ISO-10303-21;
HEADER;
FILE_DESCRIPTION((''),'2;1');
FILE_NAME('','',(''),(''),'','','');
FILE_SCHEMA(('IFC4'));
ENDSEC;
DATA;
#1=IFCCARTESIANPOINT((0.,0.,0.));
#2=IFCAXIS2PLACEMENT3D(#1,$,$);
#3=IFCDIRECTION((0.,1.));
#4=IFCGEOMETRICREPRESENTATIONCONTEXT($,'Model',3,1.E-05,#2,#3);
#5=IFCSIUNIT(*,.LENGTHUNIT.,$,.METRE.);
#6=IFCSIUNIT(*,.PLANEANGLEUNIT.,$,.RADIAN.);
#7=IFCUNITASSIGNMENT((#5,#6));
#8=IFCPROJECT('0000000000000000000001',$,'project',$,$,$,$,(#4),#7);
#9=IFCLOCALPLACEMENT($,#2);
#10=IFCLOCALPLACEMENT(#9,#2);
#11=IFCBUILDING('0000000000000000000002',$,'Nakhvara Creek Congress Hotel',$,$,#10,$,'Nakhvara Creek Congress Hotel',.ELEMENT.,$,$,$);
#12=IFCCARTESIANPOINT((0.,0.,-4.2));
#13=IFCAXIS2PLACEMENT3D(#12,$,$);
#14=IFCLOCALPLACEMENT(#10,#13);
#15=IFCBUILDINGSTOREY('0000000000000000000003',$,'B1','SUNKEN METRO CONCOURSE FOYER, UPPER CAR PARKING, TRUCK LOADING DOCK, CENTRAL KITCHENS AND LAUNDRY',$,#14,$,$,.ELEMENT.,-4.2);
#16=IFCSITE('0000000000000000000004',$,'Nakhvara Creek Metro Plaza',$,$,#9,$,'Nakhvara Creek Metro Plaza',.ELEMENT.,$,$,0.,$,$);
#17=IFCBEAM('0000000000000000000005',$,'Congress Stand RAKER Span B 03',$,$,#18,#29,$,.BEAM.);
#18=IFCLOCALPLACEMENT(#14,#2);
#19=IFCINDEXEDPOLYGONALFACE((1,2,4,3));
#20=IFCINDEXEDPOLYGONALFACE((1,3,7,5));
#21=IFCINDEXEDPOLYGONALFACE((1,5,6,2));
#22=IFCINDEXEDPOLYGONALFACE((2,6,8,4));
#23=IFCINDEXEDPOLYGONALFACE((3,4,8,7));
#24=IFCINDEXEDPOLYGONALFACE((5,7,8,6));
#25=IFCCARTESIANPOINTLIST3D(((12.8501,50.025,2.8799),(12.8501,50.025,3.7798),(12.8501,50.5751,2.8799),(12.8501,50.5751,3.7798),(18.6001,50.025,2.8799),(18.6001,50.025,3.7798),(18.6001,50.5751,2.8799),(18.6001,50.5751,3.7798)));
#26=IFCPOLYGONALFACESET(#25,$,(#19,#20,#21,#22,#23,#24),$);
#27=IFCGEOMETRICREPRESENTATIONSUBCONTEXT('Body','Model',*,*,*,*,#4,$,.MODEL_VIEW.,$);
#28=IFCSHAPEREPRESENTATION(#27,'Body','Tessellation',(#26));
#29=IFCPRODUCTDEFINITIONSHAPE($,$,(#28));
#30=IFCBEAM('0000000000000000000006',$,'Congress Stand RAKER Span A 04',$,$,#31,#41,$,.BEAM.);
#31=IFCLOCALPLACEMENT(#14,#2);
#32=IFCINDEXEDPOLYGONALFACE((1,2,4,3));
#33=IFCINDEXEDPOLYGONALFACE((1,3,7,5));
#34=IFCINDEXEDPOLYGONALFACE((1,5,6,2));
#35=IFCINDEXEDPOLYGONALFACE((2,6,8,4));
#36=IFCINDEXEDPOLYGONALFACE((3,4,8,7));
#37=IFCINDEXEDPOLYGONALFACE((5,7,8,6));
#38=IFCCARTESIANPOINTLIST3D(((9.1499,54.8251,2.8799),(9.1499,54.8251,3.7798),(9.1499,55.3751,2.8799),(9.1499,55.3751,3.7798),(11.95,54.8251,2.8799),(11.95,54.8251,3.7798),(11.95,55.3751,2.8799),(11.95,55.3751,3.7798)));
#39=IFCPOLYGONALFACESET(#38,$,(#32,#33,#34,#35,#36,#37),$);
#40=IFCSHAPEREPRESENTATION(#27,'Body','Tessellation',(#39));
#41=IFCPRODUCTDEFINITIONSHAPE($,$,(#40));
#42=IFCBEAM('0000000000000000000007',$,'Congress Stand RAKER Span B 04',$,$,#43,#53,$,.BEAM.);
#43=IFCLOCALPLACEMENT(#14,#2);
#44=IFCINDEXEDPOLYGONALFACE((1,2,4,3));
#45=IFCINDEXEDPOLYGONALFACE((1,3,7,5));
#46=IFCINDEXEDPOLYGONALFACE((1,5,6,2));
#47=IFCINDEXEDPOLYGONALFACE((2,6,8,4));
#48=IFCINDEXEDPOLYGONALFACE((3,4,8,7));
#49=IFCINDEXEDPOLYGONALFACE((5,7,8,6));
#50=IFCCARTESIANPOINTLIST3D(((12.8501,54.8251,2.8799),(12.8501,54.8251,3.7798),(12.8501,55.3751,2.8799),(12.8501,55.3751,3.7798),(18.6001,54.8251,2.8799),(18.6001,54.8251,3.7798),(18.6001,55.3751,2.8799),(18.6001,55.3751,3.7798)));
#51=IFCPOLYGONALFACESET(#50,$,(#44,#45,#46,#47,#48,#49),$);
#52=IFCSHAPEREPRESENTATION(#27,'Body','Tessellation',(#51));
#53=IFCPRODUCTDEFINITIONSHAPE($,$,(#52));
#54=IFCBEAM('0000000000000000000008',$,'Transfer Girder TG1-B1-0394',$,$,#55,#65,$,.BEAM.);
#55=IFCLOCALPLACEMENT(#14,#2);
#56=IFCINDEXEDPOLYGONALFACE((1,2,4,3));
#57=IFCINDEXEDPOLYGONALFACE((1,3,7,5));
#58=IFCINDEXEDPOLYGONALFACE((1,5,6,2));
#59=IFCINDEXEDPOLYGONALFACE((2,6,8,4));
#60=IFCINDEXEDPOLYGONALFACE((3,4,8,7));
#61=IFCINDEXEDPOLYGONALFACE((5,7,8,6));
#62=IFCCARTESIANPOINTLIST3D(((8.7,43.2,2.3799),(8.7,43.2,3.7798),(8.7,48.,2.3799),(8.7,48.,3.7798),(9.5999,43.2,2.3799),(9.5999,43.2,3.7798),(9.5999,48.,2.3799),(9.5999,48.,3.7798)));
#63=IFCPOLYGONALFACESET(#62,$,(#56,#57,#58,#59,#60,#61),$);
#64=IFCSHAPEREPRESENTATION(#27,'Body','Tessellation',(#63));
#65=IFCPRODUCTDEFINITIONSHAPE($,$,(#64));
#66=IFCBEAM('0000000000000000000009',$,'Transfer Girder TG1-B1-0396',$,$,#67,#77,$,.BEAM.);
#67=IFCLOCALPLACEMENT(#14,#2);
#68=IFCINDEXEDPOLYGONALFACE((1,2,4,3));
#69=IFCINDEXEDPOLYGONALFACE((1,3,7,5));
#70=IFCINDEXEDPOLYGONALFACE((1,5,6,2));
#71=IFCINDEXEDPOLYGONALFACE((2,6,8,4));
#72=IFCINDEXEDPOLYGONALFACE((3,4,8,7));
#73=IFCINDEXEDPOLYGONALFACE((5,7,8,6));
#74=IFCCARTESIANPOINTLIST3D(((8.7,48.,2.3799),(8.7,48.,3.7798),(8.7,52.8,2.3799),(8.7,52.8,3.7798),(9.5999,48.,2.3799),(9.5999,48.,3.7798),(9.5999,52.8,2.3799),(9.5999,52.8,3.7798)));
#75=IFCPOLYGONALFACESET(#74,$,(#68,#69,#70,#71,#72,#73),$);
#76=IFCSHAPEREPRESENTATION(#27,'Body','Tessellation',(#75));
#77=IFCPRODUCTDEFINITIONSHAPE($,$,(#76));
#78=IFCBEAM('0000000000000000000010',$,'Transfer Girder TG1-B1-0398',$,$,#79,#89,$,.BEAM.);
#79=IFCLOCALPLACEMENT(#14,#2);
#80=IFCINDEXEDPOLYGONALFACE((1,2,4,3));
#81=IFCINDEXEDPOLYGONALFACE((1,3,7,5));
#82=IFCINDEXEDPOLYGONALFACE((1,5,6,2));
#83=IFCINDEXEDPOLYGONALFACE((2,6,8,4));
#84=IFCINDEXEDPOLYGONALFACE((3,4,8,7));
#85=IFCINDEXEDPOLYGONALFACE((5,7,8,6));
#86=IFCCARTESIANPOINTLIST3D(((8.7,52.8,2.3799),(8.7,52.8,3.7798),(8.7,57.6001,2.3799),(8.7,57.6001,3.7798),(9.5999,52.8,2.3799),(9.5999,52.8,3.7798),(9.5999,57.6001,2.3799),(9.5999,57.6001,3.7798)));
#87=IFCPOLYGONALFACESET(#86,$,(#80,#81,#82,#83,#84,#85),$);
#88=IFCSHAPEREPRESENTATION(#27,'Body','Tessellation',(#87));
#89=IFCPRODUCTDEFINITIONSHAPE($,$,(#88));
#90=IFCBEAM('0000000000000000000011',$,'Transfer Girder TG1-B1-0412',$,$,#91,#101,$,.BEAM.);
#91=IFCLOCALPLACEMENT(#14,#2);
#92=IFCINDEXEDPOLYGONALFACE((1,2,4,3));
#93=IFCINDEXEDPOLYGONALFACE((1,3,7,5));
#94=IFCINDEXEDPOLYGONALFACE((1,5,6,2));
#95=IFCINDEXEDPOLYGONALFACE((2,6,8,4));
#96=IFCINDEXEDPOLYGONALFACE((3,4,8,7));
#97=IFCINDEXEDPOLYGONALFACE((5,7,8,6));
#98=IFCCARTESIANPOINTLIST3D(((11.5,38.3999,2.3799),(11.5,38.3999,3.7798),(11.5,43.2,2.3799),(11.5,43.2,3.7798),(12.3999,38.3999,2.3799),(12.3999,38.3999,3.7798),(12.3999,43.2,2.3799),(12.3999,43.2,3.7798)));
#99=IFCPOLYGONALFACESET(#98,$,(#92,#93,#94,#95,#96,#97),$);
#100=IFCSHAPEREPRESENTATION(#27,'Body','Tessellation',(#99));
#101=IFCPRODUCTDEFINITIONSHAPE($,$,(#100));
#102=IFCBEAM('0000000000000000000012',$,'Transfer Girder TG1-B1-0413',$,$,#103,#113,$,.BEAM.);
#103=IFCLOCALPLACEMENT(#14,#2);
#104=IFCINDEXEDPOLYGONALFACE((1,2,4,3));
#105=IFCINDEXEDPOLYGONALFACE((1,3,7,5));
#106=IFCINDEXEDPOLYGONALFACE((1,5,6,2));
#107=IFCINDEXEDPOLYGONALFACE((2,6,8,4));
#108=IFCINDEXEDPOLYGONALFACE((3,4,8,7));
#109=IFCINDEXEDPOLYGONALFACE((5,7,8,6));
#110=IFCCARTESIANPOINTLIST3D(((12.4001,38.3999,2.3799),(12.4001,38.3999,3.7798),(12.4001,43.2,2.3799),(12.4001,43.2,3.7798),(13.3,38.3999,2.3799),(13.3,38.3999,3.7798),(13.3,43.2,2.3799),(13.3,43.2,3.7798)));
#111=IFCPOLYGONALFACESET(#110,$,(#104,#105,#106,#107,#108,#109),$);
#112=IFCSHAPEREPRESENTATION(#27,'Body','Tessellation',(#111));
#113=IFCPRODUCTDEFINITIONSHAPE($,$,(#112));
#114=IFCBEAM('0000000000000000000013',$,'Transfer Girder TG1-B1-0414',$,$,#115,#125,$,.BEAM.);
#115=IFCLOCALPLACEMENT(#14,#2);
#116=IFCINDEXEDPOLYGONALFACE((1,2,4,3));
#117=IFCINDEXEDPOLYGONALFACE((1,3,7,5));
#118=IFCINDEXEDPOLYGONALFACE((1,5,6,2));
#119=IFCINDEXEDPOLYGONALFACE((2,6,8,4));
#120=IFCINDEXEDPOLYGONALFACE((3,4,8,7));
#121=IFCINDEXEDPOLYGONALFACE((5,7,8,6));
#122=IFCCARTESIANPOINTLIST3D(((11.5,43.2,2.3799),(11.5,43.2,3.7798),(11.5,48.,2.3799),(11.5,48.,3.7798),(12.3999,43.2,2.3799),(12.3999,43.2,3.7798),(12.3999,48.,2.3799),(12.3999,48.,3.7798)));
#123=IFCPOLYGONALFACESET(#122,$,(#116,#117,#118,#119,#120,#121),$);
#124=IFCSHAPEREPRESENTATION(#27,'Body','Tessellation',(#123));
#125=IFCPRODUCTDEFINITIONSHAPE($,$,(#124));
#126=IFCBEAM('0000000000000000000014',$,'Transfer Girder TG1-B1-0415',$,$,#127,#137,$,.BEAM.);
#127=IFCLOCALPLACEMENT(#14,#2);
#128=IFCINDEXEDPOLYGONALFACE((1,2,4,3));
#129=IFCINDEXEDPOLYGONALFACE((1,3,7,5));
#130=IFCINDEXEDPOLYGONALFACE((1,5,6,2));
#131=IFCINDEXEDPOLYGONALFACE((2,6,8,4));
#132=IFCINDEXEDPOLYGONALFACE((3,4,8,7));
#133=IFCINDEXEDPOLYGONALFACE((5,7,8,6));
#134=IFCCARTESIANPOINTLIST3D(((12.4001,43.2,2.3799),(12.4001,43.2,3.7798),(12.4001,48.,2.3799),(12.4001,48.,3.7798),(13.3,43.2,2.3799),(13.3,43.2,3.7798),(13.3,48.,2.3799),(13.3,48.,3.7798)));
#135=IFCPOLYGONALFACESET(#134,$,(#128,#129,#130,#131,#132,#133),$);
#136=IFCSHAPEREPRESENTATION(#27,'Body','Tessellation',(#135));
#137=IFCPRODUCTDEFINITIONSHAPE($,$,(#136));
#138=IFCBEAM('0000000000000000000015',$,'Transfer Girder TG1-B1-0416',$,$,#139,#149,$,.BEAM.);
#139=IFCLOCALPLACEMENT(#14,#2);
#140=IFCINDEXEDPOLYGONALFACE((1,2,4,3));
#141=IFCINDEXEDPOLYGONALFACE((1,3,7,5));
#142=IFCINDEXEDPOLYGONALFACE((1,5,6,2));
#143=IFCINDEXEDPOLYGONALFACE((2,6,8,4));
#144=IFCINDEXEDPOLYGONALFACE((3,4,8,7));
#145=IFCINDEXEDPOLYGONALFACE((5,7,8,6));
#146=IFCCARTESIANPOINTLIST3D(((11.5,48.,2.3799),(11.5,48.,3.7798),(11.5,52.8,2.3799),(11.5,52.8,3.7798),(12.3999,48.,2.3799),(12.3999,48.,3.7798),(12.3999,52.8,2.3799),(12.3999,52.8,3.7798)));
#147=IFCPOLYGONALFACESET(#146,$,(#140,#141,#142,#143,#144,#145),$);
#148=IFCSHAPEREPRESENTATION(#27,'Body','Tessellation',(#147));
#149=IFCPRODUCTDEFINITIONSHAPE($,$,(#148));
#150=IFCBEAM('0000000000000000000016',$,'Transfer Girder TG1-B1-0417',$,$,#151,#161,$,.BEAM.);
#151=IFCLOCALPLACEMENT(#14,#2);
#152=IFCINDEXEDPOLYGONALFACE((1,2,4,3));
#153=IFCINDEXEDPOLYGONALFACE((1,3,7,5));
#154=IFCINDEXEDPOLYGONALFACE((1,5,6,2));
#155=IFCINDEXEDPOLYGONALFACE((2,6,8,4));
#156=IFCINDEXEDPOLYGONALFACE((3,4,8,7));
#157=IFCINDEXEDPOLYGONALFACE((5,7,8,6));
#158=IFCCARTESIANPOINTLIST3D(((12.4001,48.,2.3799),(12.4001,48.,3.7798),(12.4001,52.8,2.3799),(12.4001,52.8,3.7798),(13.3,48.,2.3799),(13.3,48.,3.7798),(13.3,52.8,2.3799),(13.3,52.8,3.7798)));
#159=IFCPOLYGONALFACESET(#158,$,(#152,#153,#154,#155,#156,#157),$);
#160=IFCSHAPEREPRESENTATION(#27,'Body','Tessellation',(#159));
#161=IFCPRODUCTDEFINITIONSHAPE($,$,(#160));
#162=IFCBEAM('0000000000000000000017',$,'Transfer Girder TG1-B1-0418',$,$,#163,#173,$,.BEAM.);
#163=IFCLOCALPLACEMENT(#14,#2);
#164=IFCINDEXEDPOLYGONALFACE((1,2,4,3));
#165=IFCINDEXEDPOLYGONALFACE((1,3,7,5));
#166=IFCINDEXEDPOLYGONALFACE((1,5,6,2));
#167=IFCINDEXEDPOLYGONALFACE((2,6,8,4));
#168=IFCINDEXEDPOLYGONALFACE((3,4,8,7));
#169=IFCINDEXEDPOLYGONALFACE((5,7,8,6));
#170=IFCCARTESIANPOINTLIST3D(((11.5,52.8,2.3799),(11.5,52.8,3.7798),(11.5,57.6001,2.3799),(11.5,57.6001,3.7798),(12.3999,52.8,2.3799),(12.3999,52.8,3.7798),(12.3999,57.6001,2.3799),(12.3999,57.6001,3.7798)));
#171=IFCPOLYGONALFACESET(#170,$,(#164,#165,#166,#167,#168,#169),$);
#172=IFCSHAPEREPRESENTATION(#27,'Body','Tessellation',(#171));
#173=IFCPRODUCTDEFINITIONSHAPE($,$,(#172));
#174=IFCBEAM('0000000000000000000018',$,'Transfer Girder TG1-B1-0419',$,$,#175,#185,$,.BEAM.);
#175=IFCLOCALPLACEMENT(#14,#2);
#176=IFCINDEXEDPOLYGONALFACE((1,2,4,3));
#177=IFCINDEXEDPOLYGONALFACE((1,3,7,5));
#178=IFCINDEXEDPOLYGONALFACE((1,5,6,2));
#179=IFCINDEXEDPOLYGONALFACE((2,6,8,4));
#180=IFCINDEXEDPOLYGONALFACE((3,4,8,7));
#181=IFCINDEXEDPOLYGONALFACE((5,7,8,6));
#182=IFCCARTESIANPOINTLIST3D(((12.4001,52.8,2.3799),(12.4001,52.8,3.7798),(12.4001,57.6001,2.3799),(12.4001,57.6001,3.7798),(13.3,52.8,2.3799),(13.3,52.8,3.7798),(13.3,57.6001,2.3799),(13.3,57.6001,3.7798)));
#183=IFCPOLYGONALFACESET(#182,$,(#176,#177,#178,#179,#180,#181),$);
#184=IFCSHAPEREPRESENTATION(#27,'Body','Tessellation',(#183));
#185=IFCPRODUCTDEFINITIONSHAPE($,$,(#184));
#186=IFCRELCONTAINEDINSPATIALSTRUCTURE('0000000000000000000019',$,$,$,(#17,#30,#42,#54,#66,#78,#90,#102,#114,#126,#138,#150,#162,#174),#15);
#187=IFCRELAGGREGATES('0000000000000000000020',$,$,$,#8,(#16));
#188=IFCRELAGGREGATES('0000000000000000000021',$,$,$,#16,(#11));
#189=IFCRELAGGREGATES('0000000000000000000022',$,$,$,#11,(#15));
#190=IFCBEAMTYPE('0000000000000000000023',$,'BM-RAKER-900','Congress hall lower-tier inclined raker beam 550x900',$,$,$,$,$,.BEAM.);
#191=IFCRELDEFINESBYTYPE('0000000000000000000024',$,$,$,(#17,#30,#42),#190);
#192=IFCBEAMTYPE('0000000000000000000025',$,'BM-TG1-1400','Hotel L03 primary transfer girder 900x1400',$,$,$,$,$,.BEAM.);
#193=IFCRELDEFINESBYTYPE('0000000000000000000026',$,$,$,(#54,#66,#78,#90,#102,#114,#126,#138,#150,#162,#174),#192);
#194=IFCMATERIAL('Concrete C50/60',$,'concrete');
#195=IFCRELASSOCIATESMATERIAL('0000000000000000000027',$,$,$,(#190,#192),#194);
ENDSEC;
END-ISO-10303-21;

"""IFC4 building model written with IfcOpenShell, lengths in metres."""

from ifc_helpers import new_model, si_unit, direction, frame, origin, origin_2d, place, context, subcontext, project, spatial, rectangle, extrude, material, material_profile, profile_set, type_object, element, save


model = new_model("IFC4")

# Units and contexts
model_context = context("Model", 3, precision=1e-05, world=origin(), true_north=direction((0.0, 1.0)))
body_context = subcontext(model_context, "Body", "Model", "MODEL_VIEW")
ifc_project = project(units=[si_unit("LENGTHUNIT", "METRE"), si_unit("PLANEANGLEUNIT", "RADIAN")], contexts=[model_context])

# Site, building, storey
site_placement = place(None, origin())
site = spatial("IfcSite", under=ifc_project, at=site_placement, Name="Nakhvara Creek Metro Plaza", LongName="Nakhvara Creek Metro Plaza", CompositionType="ELEMENT", RefElevation=0.0)
building_placement = place(site_placement, origin())
building = spatial("IfcBuilding", under=site, at=building_placement, Name="Nakhvara Creek Congress Hotel", LongName="Nakhvara Creek Congress Hotel", CompositionType="ELEMENT")
storey_placement = place(building_placement, frame((0.0, 0.0, -4.2)))
storey = spatial("IfcBuildingStorey", under=building, at=storey_placement, Name="B1", Description="SUNKEN METRO CONCOURSE FOYER, UPPER CAR PARKING, TRUCK LOADING DOCK, CENTRAL KITCHENS AND LAUNDRY", CompositionType="ELEMENT", Elevation=-4.2)

# Shared definitions
ifc_material = material(Name="Concrete C50/60", Category="concrete")

# Beams
ifc_material_profile_1 = material_profile(ifc_material, rectangle(XDim=0.55, YDim=0.8999, at=origin_2d()), Name="RC-RAKER 550x900", Category="LoadBearing")
ifc_profile_set_1 = profile_set([ifc_material_profile_1], Name="Concrete C50/60")
beam_type_1 = type_object("IfcBeamType", Name="BM-RAKER-900", Description="Congress hall lower-tier inclined raker beam 550x900", PredefinedType="BEAM", material=ifc_profile_set_1)
beam_1_placement = place(storey_placement, frame((12.8501, 50.3, 3.3298), z_axis=(1.0, 0.0, 0.0), x_axis=(0.0, 1.0, 0.0)))
element("IfcBeam", 1, at=beam_1_placement, inside=storey, type_object=beam_type_1, Name="Congress Stand RAKER Span B 03", PredefinedType="BEAM", context=body_context, shape_type="SweptSolid", body=[
    extrude(rectangle(XDim=0.55, YDim=0.8999, at=origin_2d()), origin(), (0.0, 0.0, 1.0), 5.75),
])
beam_2_placement = place(storey_placement, frame((9.1499, 55.1001, 3.3298), z_axis=(1.0, 0.0, 0.0), x_axis=(0.0, 1.0, 0.0)))
element("IfcBeam", 2, at=beam_2_placement, inside=storey, type_object=beam_type_1, Name="Congress Stand RAKER Span A 04", PredefinedType="BEAM", context=body_context, shape_type="SweptSolid", body=[
    extrude(rectangle(XDim=0.55, YDim=0.8999, at=origin_2d()), origin(), (0.0, 0.0, 1.0), 2.8),
])
beam_3_placement = place(storey_placement, frame((12.8501, 55.1001, 3.3298), z_axis=(1.0, 0.0, 0.0), x_axis=(0.0, 1.0, 0.0)))
element("IfcBeam", 3, at=beam_3_placement, inside=storey, type_object=beam_type_1, Name="Congress Stand RAKER Span B 04", PredefinedType="BEAM", context=body_context, shape_type="SweptSolid", body=[
    extrude(rectangle(XDim=0.55, YDim=0.8999, at=origin_2d()), origin(), (0.0, 0.0, 1.0), 5.75),
])
ifc_material_profile_2 = material_profile(ifc_material, rectangle(XDim=0.8999, YDim=1.3999, at=origin_2d()), Name="RC-TG 900x1400", Category="LoadBearing")
ifc_profile_set_2 = profile_set([ifc_material_profile_2], Name="Concrete C50/60")
beam_type_2 = type_object("IfcBeamType", Name="BM-TG1-1400", Description="Hotel L03 primary transfer girder 900x1400", PredefinedType="BEAM", material=ifc_profile_set_2)
for number, where, z_axis, x_axis, name in (
    (4, (9.1499, 43.2, 3.0798), (0.0, 1.0, 0.0), (-1.0, 0.0, 0.0), "Transfer Girder TG1-B1-0394"),
    (5, (9.1499, 48.0, 3.0798), (0.0, 1.0, 0.0), (-1.0, 0.0, 0.0), "Transfer Girder TG1-B1-0396"),
    (6, (9.1499, 52.8, 3.0798), (0.0, 1.0, 0.0), (-1.0, 0.0, 0.0), "Transfer Girder TG1-B1-0398"),
    (7, (11.95, 38.3999, 3.0798), (0.0, 1.0, 0.0), (-1.0, 0.0, 0.0), "Transfer Girder TG1-B1-0412"),
    (8, (12.8501, 38.3999, 3.0798), (0.0, 1.0, 0.0), (-1.0, 0.0, 0.0), "Transfer Girder TG1-B1-0413"),
    (9, (11.95, 43.2, 3.0798), (0.0, 1.0, 0.0), (-1.0, 0.0, 0.0), "Transfer Girder TG1-B1-0414"),
    (10, (12.8501, 43.2, 3.0798), (0.0, 1.0, 0.0), (-1.0, 0.0, 0.0), "Transfer Girder TG1-B1-0415"),
    (11, (11.95, 48.0, 3.0798), (0.0, 1.0, 0.0), (-1.0, 0.0, 0.0), "Transfer Girder TG1-B1-0416"),
    (12, (12.8501, 48.0, 3.0798), (0.0, 1.0, 0.0), (-1.0, 0.0, 0.0), "Transfer Girder TG1-B1-0417"),
    (13, (11.95, 52.8, 3.0798), (0.0, 1.0, 0.0), (-1.0, 0.0, 0.0), "Transfer Girder TG1-B1-0418"),
    (14, (12.8501, 52.8, 3.0798), (0.0, 1.0, 0.0), (-1.0, 0.0, 0.0), "Transfer Girder TG1-B1-0419"),
):
    element("IfcBeam", number, at=place(storey_placement, frame(where, z_axis=z_axis, x_axis=x_axis)), inside=storey, type_object=beam_type_2, Name=name, PredefinedType="BEAM", context=body_context, shape_type="SweptSolid", body=[
        extrude(rectangle(XDim=0.8999, YDim=1.3999, at=origin_2d()), origin(), (0.0, 0.0, 1.0), 4.8),
    ])

save(model, "model.ifc")
